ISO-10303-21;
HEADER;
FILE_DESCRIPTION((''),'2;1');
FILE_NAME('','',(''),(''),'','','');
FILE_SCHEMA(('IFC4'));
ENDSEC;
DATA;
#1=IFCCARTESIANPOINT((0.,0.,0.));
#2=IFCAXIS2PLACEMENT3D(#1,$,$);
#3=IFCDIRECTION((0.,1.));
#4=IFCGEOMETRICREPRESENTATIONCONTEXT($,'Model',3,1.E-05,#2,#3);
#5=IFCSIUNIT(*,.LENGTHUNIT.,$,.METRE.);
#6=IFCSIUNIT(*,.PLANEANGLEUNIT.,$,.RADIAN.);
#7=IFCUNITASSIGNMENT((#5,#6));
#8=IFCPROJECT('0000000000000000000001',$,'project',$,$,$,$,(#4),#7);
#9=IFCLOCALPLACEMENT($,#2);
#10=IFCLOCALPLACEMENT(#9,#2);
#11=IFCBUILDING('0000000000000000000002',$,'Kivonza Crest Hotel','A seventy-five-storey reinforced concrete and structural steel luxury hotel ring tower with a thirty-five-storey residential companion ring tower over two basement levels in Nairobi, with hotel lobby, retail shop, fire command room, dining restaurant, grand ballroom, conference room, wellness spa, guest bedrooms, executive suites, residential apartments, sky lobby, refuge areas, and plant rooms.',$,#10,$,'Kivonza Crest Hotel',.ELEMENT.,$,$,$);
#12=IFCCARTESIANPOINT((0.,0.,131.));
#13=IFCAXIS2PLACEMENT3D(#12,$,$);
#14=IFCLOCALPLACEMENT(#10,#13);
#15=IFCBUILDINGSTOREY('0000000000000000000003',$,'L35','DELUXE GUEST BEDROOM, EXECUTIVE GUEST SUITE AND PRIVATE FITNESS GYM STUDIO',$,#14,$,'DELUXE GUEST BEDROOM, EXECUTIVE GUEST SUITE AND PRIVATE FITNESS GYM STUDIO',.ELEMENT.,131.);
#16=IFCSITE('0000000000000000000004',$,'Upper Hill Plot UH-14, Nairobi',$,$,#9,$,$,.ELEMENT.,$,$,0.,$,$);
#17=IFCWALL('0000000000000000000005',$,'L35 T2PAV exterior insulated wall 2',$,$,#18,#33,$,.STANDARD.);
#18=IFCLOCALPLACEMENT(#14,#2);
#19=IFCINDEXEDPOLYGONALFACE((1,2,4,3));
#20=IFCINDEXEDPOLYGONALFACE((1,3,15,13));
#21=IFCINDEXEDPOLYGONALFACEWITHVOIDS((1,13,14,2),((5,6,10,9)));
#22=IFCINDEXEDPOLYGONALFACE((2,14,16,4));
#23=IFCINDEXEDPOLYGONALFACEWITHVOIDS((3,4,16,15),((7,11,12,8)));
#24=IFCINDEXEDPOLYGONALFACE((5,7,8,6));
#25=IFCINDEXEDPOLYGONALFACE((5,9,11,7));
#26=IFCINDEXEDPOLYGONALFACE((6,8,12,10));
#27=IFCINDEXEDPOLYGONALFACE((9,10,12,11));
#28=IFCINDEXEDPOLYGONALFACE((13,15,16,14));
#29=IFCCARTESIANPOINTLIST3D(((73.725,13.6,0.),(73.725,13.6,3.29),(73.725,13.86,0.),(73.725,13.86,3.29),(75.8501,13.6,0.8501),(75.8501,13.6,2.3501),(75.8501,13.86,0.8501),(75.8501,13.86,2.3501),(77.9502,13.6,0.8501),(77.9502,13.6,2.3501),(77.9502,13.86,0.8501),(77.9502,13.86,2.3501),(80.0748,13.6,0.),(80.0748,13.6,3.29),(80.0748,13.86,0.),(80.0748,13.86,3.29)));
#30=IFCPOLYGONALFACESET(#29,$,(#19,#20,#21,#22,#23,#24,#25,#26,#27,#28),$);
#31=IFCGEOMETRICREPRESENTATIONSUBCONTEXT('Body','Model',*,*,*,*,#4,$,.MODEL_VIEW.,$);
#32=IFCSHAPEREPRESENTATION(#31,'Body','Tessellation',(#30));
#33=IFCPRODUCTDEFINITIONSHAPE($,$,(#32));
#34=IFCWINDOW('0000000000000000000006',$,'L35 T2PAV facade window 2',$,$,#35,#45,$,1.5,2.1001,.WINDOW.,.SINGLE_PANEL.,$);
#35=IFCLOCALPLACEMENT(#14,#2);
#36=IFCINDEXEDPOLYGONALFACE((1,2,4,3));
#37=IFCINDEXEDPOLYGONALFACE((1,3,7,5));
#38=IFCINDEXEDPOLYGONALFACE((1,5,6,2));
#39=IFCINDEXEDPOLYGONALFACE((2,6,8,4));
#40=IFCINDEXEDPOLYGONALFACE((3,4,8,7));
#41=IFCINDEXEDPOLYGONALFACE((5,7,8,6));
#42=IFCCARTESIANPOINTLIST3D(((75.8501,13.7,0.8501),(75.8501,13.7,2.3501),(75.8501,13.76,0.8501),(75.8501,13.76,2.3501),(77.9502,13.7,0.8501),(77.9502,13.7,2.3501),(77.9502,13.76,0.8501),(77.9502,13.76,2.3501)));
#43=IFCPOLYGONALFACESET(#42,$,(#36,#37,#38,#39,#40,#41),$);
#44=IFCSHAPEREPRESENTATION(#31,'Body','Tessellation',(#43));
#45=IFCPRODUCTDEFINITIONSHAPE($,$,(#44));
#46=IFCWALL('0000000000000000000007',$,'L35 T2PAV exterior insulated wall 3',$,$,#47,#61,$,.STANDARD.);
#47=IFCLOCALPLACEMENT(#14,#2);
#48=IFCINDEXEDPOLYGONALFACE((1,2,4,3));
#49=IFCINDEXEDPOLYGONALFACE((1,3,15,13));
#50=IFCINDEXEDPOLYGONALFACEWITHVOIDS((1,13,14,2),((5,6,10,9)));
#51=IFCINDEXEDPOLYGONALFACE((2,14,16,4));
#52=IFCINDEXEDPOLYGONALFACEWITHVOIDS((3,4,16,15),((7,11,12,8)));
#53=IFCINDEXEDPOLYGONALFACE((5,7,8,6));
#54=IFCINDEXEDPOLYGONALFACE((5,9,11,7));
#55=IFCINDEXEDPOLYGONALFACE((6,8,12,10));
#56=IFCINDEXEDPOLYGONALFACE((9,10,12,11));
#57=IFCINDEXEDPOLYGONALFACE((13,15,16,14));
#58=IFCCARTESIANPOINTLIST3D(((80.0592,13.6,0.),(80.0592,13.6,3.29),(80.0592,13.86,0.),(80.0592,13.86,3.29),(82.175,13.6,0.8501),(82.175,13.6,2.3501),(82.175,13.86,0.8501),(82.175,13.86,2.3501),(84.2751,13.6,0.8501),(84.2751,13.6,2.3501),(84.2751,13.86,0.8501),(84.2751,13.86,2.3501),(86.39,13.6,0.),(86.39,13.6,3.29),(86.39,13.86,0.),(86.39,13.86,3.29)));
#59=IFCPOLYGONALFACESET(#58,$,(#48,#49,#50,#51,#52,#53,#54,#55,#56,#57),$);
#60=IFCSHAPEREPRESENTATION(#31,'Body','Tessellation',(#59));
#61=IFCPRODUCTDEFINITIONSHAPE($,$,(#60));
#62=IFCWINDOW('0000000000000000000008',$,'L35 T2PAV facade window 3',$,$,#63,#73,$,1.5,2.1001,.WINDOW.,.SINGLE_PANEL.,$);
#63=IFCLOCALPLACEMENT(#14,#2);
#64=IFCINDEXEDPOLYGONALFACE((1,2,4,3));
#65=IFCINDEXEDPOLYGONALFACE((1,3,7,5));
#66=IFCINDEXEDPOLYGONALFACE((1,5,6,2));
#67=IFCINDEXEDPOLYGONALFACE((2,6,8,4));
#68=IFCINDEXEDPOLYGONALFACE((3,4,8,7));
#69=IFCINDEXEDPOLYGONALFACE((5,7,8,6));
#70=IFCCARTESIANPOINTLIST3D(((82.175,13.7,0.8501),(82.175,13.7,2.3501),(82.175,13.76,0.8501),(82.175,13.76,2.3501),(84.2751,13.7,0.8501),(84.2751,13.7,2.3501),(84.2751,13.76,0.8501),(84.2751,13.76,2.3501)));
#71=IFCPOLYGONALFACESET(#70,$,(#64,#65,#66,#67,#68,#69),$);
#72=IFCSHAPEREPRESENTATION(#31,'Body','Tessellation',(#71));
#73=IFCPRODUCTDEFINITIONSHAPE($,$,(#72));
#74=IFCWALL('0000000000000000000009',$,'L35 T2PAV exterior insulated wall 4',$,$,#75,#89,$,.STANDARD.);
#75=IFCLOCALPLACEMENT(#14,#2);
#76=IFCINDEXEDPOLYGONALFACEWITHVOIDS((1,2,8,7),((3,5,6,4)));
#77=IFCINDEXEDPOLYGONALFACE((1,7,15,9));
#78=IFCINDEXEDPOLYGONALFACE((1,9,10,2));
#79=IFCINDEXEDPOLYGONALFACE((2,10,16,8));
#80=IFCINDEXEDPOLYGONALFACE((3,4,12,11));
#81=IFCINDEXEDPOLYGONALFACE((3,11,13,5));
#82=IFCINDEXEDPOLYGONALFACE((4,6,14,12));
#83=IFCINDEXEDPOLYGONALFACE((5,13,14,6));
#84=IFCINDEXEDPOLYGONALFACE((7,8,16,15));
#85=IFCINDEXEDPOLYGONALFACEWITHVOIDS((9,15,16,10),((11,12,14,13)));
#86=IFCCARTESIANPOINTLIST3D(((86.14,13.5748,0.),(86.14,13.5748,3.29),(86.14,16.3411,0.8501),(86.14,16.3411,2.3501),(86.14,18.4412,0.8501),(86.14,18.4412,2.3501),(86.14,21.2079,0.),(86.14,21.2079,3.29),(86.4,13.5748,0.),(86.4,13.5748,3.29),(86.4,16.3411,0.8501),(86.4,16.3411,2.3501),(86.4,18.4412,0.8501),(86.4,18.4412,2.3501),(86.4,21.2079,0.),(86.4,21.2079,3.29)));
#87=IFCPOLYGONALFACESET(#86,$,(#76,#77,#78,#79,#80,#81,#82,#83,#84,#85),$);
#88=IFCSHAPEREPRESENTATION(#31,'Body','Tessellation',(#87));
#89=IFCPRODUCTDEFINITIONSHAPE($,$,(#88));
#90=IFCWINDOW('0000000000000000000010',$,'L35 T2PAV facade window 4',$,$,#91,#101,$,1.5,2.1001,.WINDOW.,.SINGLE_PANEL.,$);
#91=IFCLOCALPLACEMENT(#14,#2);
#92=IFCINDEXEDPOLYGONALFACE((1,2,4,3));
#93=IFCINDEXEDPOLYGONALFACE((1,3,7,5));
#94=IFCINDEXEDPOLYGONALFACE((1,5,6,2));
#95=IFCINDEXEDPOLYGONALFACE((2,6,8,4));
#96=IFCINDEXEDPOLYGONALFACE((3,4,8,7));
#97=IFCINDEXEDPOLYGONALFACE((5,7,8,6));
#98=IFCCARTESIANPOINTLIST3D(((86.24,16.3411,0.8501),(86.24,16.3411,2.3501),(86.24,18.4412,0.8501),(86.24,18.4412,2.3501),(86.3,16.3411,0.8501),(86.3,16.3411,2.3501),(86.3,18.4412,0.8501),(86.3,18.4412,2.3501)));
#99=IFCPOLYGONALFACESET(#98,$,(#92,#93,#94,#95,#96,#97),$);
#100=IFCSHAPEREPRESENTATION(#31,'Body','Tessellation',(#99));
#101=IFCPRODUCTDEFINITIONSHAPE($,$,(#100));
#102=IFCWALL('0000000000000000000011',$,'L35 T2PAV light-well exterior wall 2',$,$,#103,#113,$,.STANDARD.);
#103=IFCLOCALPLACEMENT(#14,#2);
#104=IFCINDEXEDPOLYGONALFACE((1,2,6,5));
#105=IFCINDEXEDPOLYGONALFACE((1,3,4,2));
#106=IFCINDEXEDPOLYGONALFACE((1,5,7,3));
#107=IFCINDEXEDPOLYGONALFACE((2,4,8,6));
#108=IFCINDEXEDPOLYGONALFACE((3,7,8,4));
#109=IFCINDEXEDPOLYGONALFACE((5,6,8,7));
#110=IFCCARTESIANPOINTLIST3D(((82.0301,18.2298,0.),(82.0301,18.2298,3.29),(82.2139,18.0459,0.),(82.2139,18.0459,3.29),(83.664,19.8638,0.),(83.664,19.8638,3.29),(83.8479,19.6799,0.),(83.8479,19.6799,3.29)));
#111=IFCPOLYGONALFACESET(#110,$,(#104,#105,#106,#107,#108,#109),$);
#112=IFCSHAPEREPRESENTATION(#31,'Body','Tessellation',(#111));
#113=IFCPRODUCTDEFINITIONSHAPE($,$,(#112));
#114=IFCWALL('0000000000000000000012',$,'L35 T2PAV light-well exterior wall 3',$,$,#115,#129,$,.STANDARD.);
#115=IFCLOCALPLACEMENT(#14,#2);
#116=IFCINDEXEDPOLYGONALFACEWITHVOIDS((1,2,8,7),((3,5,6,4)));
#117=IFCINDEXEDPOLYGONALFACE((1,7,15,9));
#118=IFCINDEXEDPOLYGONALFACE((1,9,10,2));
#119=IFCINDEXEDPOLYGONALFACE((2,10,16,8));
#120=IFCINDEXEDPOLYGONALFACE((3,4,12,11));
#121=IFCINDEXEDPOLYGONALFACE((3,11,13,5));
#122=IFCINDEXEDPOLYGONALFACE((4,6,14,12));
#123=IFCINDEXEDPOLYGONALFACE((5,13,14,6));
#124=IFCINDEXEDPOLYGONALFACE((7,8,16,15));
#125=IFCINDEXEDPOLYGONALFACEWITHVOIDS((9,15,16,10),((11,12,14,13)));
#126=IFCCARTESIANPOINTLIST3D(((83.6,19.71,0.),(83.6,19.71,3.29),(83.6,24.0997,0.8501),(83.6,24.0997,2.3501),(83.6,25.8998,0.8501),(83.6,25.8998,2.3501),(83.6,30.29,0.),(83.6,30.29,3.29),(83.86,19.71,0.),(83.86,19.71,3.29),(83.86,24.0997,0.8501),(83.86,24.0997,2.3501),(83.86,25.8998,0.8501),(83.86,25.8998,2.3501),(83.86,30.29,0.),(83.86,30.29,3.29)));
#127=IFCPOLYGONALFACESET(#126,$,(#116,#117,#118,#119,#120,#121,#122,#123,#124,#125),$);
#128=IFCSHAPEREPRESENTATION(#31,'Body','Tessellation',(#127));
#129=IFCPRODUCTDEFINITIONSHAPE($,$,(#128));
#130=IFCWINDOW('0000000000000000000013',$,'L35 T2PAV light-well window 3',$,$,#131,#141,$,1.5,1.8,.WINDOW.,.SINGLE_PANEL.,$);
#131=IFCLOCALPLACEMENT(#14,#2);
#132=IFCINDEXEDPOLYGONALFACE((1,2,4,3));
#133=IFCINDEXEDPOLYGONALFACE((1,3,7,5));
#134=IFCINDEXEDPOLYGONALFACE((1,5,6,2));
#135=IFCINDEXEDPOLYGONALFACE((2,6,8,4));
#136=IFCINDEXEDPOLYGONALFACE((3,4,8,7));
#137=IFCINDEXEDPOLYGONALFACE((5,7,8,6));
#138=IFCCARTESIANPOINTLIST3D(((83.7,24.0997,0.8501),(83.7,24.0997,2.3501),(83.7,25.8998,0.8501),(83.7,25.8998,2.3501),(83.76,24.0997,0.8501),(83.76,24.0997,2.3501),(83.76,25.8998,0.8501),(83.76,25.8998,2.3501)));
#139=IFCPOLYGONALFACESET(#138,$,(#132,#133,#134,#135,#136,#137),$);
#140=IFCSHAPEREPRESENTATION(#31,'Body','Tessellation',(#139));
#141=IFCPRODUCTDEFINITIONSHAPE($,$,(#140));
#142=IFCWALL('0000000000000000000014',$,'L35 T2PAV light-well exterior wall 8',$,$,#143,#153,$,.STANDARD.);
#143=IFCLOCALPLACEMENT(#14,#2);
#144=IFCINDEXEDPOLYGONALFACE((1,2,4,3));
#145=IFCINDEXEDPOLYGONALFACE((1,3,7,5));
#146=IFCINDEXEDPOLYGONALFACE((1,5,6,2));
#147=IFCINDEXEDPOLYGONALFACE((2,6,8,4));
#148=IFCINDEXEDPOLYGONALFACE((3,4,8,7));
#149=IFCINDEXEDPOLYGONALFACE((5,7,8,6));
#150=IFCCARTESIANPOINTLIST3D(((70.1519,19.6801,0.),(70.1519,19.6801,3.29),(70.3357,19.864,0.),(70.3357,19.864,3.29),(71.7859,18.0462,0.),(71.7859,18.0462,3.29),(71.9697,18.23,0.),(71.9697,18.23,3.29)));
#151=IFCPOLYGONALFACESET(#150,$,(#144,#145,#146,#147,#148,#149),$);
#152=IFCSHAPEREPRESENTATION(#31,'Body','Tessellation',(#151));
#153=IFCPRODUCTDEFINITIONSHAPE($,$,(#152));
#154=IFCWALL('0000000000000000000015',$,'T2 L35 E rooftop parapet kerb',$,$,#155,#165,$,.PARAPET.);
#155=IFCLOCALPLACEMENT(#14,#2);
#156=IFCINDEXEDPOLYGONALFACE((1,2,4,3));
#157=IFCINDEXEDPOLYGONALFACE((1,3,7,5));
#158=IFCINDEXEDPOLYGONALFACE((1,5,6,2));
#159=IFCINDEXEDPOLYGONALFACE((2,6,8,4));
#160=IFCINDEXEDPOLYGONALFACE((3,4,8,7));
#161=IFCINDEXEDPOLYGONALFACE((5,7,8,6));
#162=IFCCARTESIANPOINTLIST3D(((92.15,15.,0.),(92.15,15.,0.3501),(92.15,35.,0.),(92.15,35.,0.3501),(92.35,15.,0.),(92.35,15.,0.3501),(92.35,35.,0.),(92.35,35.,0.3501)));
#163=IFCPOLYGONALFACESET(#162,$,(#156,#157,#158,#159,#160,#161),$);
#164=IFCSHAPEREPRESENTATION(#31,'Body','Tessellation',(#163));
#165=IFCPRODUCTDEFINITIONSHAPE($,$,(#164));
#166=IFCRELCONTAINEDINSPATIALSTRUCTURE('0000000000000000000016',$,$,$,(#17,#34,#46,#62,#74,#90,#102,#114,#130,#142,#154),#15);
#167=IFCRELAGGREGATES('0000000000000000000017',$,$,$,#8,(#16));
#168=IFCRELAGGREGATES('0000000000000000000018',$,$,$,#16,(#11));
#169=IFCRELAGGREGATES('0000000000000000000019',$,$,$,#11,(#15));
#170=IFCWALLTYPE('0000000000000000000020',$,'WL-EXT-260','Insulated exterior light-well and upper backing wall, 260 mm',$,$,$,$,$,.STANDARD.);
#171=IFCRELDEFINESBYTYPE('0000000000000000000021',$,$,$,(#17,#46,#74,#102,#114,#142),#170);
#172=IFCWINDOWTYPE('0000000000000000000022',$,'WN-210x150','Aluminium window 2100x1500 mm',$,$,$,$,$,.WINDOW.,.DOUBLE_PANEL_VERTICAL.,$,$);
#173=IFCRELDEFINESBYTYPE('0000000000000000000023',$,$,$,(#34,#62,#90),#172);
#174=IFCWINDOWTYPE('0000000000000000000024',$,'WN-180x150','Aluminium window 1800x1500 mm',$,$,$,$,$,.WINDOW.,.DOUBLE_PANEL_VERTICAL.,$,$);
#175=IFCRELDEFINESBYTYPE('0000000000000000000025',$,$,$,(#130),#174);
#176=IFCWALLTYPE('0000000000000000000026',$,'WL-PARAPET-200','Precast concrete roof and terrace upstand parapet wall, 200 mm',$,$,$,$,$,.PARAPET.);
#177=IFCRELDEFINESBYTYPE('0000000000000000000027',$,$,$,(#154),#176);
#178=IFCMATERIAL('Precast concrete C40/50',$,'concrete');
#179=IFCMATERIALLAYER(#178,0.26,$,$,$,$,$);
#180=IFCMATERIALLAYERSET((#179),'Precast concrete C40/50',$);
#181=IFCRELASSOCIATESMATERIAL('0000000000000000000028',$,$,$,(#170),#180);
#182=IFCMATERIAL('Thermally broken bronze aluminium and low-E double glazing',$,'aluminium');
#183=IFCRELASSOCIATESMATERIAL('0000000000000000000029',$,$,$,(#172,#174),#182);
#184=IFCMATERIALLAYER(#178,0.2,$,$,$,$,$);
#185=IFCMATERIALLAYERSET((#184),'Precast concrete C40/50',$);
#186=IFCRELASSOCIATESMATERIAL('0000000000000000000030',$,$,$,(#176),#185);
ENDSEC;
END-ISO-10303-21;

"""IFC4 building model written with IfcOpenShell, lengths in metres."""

from ifc_helpers import new_model, si_unit, direction, frame, frame_2d, origin, place, context, subcontext, project, spatial, rectangle, extrude, material, layer, layer_set, type_object, element, fill, save


model = new_model("IFC4")

# Units and contexts
model_context = context("Model", 3, precision=1e-05, world=origin(), true_north=direction((0.0, 1.0)))
body_context = subcontext(model_context, "Body", "Model", "MODEL_VIEW")
ifc_project = project(units=[si_unit("LENGTHUNIT", "METRE"), si_unit("PLANEANGLEUNIT", "RADIAN")], contexts=[model_context])

# Site, building, storey
site_placement = place(None, origin())
site = spatial("IfcSite", under=ifc_project, at=site_placement, Name="Upper Hill Plot UH-14, Nairobi", CompositionType="ELEMENT", RefElevation=0.0)
building_placement = place(site_placement, origin())
building = spatial("IfcBuilding", under=site, at=building_placement, Name="Kivonza Crest Hotel", Description="A seventy-five-storey reinforced concrete and structural steel luxury hotel ring tower with a thirty-five-storey residential companion ring tower over two basement levels in Nairobi, with hotel lobby, retail shop, fire command room, dining restaurant, grand ballroom, conference room, wellness spa, guest bedrooms, executive suites, residential apartments, sky lobby, refuge areas, and plant rooms.", LongName="Kivonza Crest Hotel", CompositionType="ELEMENT")
storey_placement = place(building_placement, frame((0.0, 0.0, 131.0)))
storey = spatial("IfcBuildingStorey", under=building, at=storey_placement, Name="L35", Description="DELUXE GUEST BEDROOM, EXECUTIVE GUEST SUITE AND PRIVATE FITNESS GYM STUDIO", LongName="DELUXE GUEST BEDROOM, EXECUTIVE GUEST SUITE AND PRIVATE FITNESS GYM STUDIO", CompositionType="ELEMENT", Elevation=131.0)

# Walls, openings, windows
ifc_material_1 = material(Name="Precast concrete C40/50", Category="concrete")
ifc_layer_1 = layer(ifc_material_1, 0.26)
ifc_layer_set_1 = layer_set([ifc_layer_1], Name="Precast concrete C40/50")
wall_type_1 = type_object("IfcWallType", Name="WL-EXT-260", Description="Insulated exterior light-well and upper backing wall, 260 mm", PredefinedType="STANDARD", material=ifc_layer_set_1)
wall_1_placement = place(storey_placement, frame((73.7251, 13.73, 0.0), z_axis=(0.0, 0.0, 1.0), x_axis=(1.0, 0.0, 0.0)))
wall_1 = element("IfcWall", 1, at=wall_1_placement, inside=storey, type_object=wall_type_1, Name="L35 T2PAV exterior insulated wall 2", PredefinedType="STANDARD", context=body_context, shape_type="SweptSolid", body=[
    extrude(rectangle(XDim=6.3499, YDim=0.26, at=frame_2d((3.1748, 0.0))), origin(), (0.0, 0.0, 1.0), 3.29),
])
opening_1_placement = place(wall_1_placement, frame((2.125, 0.0, 0.8501)))
opening_1 = element("IfcOpeningElement", 2, at=opening_1_placement, cuts=wall_1, PredefinedType="OPENING", context=body_context, shape_type="SweptSolid", body=[
    extrude(rectangle(XDim=2.1001, YDim=1.5, at=frame_2d((1.05, 0.75))), frame((0.0, 0.1401, 0.0), z_axis=(0.0, -1.0, 0.0), x_axis=(1.0, 0.0, 0.0)), (0.0, 0.0, 1.0), 0.28),
])
ifc_material_2 = material(Name="Thermally broken bronze aluminium and low-E double glazing", Category="aluminium")
window_type_1 = type_object("IfcWindowType", Name="WN-210x150", Description="Aluminium window 2100x1500 mm", PartitioningType="DOUBLE_PANEL_VERTICAL", PredefinedType="WINDOW", material=ifc_material_2)
window_1_placement = place(opening_1_placement, origin())
window_1 = element("IfcWindow", 3, at=window_1_placement, inside=storey, type_object=window_type_1, Name="L35 T2PAV facade window 2", OverallHeight=1.5, OverallWidth=2.1001, PartitioningType="SINGLE_PANEL", PredefinedType="WINDOW", context=body_context, shape_type="SweptSolid", body=[
    extrude(rectangle(XDim=2.1001, YDim=1.5, at=frame_2d((1.05, 0.75))), frame((0.0, 0.03, 0.0), z_axis=(0.0, -1.0, 0.0), x_axis=(1.0, 0.0, 0.0)), (0.0, 0.0, 1.0), 0.0601),
])
fill(opening_1, window_1)
wall_2_placement = place(storey_placement, frame((80.0591, 13.73, 0.0), z_axis=(0.0, 0.0, 1.0), x_axis=(1.0, 0.0, 0.0)))
wall_2 = element("IfcWall", 4, at=wall_2_placement, inside=storey, type_object=wall_type_1, Name="L35 T2PAV exterior insulated wall 3", PredefinedType="STANDARD", context=body_context, shape_type="SweptSolid", body=[
    extrude(rectangle(XDim=6.3308, YDim=0.26, at=frame_2d((3.1655, 0.0))), origin(), (0.0, 0.0, 1.0), 3.29),
])
opening_2_placement = place(wall_2_placement, frame((2.116, 0.0, 0.8501)))
opening_2 = element("IfcOpeningElement", 5, at=opening_2_placement, cuts=wall_2, PredefinedType="OPENING", context=body_context, shape_type="SweptSolid", body=[
    extrude(rectangle(XDim=2.1001, YDim=1.5, at=frame_2d((1.05, 0.75))), frame((0.0, 0.1401, 0.0), z_axis=(0.0, -1.0, 0.0), x_axis=(1.0, 0.0, 0.0)), (0.0, 0.0, 1.0), 0.28),
])
window_2_placement = place(opening_2_placement, origin())
window_2 = element("IfcWindow", 6, at=window_2_placement, inside=storey, type_object=window_type_1, Name="L35 T2PAV facade window 3", OverallHeight=1.5, OverallWidth=2.1001, PartitioningType="SINGLE_PANEL", PredefinedType="WINDOW", context=body_context, shape_type="SweptSolid", body=[
    extrude(rectangle(XDim=2.1001, YDim=1.5, at=frame_2d((1.05, 0.75))), frame((0.0, 0.03, 0.0), z_axis=(0.0, -1.0, 0.0), x_axis=(1.0, 0.0, 0.0)), (0.0, 0.0, 1.0), 0.0601),
])
fill(opening_2, window_2)
wall_3_placement = place(storey_placement, frame((86.27, 13.575, 0.0), z_axis=(0.0, 0.0, 1.0), x_axis=(0.0, 1.0, 0.0)))
wall_3 = element("IfcWall", 7, at=wall_3_placement, inside=storey, type_object=wall_type_1, Name="L35 T2PAV exterior insulated wall 4", PredefinedType="STANDARD", context=body_context, shape_type="SweptSolid", body=[
    extrude(rectangle(XDim=7.6331, YDim=0.26, at=frame_2d((3.8164, 0.0))), origin(), (0.0, 0.0, 1.0), 3.29),
])
opening_3_placement = place(wall_3_placement, frame((2.7661, 0.0, 0.8501)))
opening_3 = element("IfcOpeningElement", 8, at=opening_3_placement, cuts=wall_3, PredefinedType="OPENING", context=body_context, shape_type="SweptSolid", body=[
    extrude(rectangle(XDim=2.1001, YDim=1.5, at=frame_2d((1.05, 0.75))), frame((0.0, 0.1401, 0.0), z_axis=(0.0, -1.0, 0.0), x_axis=(1.0, 0.0, 0.0)), (0.0, 0.0, 1.0), 0.28),
])
window_3_placement = place(opening_3_placement, origin())
window_3 = element("IfcWindow", 9, at=window_3_placement, inside=storey, type_object=window_type_1, Name="L35 T2PAV facade window 4", OverallHeight=1.5, OverallWidth=2.1001, PartitioningType="SINGLE_PANEL", PredefinedType="WINDOW", context=body_context, shape_type="SweptSolid", body=[
    extrude(rectangle(XDim=2.1001, YDim=1.5, at=frame_2d((1.05, 0.75))), frame((0.0, 0.03, 0.0), z_axis=(0.0, -1.0, 0.0), x_axis=(1.0, 0.0, 0.0)), (0.0, 0.0, 1.0), 0.0601),
])
fill(opening_3, window_3)

# Wall
wall_4_placement = place(storey_placement, frame((82.1221, 18.1379, 0.0), z_axis=(0.0, 0.0, 1.0), x_axis=(0.707107, 0.707107, 0.0)))
element("IfcWall", 10, at=wall_4_placement, inside=storey, type_object=wall_type_1, Name="L35 T2PAV light-well exterior wall 2", PredefinedType="STANDARD", context=body_context, shape_type="SweptSolid", body=[
    extrude(rectangle(XDim=2.3108, YDim=0.26, at=frame_2d((1.1553, 0.0))), origin(), (0.0, 0.0, 1.0), 3.29),
])

# Wall, opening, window
wall_5_placement = place(storey_placement, frame((83.73, 19.71, 0.0), z_axis=(0.0, 0.0, 1.0), x_axis=(0.0, 1.0, 0.0)))
wall_5 = element("IfcWall", 11, at=wall_5_placement, inside=storey, type_object=wall_type_1, Name="L35 T2PAV light-well exterior wall 3", PredefinedType="STANDARD", context=body_context, shape_type="SweptSolid", body=[
    extrude(rectangle(XDim=10.5801, YDim=0.26, at=frame_2d((5.29, 0.0))), origin(), (0.0, 0.0, 1.0), 3.29),
])
opening_4_placement = place(wall_5_placement, frame((4.3899, 0.0, 0.8501)))
opening_4 = element("IfcOpeningElement", 12, at=opening_4_placement, cuts=wall_5, PredefinedType="OPENING", context=body_context, shape_type="SweptSolid", body=[
    extrude(rectangle(XDim=1.8, YDim=1.5, at=frame_2d((0.8999, 0.75))), frame((0.0, 0.1401, 0.0), z_axis=(0.0, -1.0, 0.0), x_axis=(1.0, 0.0, 0.0)), (0.0, 0.0, 1.0), 0.28),
])
window_type_2 = type_object("IfcWindowType", Name="WN-180x150", Description="Aluminium window 1800x1500 mm", PartitioningType="DOUBLE_PANEL_VERTICAL", PredefinedType="WINDOW", material=ifc_material_2)
window_4_placement = place(opening_4_placement, origin())
window_4 = element("IfcWindow", 13, at=window_4_placement, inside=storey, type_object=window_type_2, Name="L35 T2PAV light-well window 3", OverallHeight=1.5, OverallWidth=1.8, PartitioningType="SINGLE_PANEL", PredefinedType="WINDOW", context=body_context, shape_type="SweptSolid", body=[
    extrude(rectangle(XDim=1.8, YDim=1.5, at=frame_2d((0.8999, 0.75))), frame((0.0, 0.03, 0.0), z_axis=(0.0, -1.0, 0.0), x_axis=(1.0, 0.0, 0.0)), (0.0, 0.0, 1.0), 0.0601),
])
fill(opening_4, window_4)

# Walls
wall_6_placement = place(storey_placement, frame((70.2439, 19.772, 0.0), z_axis=(0.0, 0.0, 1.0), x_axis=(0.707107, -0.707107, 0.0)))
element("IfcWall", 14, at=wall_6_placement, inside=storey, type_object=wall_type_1, Name="L35 T2PAV light-well exterior wall 8", PredefinedType="STANDARD", context=body_context, shape_type="SweptSolid", body=[
    extrude(rectangle(XDim=2.3108, YDim=0.26, at=frame_2d((1.1553, 0.0))), origin(), (0.0, 0.0, 1.0), 3.29),
])
ifc_layer_2 = layer(ifc_material_1, 0.2)
ifc_layer_set_2 = layer_set([ifc_layer_2], Name="Precast concrete C40/50")
wall_type_2 = type_object("IfcWallType", Name="WL-PARAPET-200", Description="Precast concrete roof and terrace upstand parapet wall, 200 mm", PredefinedType="PARAPET", material=ifc_layer_set_2)
wall_7_placement = place(storey_placement, frame((92.25, 15.0, 0.0), z_axis=(0.0, 0.0, 1.0), x_axis=(0.0, 1.0, 0.0)))
element("IfcWall", 15, at=wall_7_placement, inside=storey, type_object=wall_type_2, Name="T2 L35 E rooftop parapet kerb", PredefinedType="PARAPET", context=body_context, shape_type="SweptSolid", body=[
    extrude(rectangle(XDim=20.0, YDim=0.2, at=frame_2d((10.0, 0.0))), origin(), (0.0, 0.0, 1.0), 0.3501),
])

save(model, "model.ifc")
